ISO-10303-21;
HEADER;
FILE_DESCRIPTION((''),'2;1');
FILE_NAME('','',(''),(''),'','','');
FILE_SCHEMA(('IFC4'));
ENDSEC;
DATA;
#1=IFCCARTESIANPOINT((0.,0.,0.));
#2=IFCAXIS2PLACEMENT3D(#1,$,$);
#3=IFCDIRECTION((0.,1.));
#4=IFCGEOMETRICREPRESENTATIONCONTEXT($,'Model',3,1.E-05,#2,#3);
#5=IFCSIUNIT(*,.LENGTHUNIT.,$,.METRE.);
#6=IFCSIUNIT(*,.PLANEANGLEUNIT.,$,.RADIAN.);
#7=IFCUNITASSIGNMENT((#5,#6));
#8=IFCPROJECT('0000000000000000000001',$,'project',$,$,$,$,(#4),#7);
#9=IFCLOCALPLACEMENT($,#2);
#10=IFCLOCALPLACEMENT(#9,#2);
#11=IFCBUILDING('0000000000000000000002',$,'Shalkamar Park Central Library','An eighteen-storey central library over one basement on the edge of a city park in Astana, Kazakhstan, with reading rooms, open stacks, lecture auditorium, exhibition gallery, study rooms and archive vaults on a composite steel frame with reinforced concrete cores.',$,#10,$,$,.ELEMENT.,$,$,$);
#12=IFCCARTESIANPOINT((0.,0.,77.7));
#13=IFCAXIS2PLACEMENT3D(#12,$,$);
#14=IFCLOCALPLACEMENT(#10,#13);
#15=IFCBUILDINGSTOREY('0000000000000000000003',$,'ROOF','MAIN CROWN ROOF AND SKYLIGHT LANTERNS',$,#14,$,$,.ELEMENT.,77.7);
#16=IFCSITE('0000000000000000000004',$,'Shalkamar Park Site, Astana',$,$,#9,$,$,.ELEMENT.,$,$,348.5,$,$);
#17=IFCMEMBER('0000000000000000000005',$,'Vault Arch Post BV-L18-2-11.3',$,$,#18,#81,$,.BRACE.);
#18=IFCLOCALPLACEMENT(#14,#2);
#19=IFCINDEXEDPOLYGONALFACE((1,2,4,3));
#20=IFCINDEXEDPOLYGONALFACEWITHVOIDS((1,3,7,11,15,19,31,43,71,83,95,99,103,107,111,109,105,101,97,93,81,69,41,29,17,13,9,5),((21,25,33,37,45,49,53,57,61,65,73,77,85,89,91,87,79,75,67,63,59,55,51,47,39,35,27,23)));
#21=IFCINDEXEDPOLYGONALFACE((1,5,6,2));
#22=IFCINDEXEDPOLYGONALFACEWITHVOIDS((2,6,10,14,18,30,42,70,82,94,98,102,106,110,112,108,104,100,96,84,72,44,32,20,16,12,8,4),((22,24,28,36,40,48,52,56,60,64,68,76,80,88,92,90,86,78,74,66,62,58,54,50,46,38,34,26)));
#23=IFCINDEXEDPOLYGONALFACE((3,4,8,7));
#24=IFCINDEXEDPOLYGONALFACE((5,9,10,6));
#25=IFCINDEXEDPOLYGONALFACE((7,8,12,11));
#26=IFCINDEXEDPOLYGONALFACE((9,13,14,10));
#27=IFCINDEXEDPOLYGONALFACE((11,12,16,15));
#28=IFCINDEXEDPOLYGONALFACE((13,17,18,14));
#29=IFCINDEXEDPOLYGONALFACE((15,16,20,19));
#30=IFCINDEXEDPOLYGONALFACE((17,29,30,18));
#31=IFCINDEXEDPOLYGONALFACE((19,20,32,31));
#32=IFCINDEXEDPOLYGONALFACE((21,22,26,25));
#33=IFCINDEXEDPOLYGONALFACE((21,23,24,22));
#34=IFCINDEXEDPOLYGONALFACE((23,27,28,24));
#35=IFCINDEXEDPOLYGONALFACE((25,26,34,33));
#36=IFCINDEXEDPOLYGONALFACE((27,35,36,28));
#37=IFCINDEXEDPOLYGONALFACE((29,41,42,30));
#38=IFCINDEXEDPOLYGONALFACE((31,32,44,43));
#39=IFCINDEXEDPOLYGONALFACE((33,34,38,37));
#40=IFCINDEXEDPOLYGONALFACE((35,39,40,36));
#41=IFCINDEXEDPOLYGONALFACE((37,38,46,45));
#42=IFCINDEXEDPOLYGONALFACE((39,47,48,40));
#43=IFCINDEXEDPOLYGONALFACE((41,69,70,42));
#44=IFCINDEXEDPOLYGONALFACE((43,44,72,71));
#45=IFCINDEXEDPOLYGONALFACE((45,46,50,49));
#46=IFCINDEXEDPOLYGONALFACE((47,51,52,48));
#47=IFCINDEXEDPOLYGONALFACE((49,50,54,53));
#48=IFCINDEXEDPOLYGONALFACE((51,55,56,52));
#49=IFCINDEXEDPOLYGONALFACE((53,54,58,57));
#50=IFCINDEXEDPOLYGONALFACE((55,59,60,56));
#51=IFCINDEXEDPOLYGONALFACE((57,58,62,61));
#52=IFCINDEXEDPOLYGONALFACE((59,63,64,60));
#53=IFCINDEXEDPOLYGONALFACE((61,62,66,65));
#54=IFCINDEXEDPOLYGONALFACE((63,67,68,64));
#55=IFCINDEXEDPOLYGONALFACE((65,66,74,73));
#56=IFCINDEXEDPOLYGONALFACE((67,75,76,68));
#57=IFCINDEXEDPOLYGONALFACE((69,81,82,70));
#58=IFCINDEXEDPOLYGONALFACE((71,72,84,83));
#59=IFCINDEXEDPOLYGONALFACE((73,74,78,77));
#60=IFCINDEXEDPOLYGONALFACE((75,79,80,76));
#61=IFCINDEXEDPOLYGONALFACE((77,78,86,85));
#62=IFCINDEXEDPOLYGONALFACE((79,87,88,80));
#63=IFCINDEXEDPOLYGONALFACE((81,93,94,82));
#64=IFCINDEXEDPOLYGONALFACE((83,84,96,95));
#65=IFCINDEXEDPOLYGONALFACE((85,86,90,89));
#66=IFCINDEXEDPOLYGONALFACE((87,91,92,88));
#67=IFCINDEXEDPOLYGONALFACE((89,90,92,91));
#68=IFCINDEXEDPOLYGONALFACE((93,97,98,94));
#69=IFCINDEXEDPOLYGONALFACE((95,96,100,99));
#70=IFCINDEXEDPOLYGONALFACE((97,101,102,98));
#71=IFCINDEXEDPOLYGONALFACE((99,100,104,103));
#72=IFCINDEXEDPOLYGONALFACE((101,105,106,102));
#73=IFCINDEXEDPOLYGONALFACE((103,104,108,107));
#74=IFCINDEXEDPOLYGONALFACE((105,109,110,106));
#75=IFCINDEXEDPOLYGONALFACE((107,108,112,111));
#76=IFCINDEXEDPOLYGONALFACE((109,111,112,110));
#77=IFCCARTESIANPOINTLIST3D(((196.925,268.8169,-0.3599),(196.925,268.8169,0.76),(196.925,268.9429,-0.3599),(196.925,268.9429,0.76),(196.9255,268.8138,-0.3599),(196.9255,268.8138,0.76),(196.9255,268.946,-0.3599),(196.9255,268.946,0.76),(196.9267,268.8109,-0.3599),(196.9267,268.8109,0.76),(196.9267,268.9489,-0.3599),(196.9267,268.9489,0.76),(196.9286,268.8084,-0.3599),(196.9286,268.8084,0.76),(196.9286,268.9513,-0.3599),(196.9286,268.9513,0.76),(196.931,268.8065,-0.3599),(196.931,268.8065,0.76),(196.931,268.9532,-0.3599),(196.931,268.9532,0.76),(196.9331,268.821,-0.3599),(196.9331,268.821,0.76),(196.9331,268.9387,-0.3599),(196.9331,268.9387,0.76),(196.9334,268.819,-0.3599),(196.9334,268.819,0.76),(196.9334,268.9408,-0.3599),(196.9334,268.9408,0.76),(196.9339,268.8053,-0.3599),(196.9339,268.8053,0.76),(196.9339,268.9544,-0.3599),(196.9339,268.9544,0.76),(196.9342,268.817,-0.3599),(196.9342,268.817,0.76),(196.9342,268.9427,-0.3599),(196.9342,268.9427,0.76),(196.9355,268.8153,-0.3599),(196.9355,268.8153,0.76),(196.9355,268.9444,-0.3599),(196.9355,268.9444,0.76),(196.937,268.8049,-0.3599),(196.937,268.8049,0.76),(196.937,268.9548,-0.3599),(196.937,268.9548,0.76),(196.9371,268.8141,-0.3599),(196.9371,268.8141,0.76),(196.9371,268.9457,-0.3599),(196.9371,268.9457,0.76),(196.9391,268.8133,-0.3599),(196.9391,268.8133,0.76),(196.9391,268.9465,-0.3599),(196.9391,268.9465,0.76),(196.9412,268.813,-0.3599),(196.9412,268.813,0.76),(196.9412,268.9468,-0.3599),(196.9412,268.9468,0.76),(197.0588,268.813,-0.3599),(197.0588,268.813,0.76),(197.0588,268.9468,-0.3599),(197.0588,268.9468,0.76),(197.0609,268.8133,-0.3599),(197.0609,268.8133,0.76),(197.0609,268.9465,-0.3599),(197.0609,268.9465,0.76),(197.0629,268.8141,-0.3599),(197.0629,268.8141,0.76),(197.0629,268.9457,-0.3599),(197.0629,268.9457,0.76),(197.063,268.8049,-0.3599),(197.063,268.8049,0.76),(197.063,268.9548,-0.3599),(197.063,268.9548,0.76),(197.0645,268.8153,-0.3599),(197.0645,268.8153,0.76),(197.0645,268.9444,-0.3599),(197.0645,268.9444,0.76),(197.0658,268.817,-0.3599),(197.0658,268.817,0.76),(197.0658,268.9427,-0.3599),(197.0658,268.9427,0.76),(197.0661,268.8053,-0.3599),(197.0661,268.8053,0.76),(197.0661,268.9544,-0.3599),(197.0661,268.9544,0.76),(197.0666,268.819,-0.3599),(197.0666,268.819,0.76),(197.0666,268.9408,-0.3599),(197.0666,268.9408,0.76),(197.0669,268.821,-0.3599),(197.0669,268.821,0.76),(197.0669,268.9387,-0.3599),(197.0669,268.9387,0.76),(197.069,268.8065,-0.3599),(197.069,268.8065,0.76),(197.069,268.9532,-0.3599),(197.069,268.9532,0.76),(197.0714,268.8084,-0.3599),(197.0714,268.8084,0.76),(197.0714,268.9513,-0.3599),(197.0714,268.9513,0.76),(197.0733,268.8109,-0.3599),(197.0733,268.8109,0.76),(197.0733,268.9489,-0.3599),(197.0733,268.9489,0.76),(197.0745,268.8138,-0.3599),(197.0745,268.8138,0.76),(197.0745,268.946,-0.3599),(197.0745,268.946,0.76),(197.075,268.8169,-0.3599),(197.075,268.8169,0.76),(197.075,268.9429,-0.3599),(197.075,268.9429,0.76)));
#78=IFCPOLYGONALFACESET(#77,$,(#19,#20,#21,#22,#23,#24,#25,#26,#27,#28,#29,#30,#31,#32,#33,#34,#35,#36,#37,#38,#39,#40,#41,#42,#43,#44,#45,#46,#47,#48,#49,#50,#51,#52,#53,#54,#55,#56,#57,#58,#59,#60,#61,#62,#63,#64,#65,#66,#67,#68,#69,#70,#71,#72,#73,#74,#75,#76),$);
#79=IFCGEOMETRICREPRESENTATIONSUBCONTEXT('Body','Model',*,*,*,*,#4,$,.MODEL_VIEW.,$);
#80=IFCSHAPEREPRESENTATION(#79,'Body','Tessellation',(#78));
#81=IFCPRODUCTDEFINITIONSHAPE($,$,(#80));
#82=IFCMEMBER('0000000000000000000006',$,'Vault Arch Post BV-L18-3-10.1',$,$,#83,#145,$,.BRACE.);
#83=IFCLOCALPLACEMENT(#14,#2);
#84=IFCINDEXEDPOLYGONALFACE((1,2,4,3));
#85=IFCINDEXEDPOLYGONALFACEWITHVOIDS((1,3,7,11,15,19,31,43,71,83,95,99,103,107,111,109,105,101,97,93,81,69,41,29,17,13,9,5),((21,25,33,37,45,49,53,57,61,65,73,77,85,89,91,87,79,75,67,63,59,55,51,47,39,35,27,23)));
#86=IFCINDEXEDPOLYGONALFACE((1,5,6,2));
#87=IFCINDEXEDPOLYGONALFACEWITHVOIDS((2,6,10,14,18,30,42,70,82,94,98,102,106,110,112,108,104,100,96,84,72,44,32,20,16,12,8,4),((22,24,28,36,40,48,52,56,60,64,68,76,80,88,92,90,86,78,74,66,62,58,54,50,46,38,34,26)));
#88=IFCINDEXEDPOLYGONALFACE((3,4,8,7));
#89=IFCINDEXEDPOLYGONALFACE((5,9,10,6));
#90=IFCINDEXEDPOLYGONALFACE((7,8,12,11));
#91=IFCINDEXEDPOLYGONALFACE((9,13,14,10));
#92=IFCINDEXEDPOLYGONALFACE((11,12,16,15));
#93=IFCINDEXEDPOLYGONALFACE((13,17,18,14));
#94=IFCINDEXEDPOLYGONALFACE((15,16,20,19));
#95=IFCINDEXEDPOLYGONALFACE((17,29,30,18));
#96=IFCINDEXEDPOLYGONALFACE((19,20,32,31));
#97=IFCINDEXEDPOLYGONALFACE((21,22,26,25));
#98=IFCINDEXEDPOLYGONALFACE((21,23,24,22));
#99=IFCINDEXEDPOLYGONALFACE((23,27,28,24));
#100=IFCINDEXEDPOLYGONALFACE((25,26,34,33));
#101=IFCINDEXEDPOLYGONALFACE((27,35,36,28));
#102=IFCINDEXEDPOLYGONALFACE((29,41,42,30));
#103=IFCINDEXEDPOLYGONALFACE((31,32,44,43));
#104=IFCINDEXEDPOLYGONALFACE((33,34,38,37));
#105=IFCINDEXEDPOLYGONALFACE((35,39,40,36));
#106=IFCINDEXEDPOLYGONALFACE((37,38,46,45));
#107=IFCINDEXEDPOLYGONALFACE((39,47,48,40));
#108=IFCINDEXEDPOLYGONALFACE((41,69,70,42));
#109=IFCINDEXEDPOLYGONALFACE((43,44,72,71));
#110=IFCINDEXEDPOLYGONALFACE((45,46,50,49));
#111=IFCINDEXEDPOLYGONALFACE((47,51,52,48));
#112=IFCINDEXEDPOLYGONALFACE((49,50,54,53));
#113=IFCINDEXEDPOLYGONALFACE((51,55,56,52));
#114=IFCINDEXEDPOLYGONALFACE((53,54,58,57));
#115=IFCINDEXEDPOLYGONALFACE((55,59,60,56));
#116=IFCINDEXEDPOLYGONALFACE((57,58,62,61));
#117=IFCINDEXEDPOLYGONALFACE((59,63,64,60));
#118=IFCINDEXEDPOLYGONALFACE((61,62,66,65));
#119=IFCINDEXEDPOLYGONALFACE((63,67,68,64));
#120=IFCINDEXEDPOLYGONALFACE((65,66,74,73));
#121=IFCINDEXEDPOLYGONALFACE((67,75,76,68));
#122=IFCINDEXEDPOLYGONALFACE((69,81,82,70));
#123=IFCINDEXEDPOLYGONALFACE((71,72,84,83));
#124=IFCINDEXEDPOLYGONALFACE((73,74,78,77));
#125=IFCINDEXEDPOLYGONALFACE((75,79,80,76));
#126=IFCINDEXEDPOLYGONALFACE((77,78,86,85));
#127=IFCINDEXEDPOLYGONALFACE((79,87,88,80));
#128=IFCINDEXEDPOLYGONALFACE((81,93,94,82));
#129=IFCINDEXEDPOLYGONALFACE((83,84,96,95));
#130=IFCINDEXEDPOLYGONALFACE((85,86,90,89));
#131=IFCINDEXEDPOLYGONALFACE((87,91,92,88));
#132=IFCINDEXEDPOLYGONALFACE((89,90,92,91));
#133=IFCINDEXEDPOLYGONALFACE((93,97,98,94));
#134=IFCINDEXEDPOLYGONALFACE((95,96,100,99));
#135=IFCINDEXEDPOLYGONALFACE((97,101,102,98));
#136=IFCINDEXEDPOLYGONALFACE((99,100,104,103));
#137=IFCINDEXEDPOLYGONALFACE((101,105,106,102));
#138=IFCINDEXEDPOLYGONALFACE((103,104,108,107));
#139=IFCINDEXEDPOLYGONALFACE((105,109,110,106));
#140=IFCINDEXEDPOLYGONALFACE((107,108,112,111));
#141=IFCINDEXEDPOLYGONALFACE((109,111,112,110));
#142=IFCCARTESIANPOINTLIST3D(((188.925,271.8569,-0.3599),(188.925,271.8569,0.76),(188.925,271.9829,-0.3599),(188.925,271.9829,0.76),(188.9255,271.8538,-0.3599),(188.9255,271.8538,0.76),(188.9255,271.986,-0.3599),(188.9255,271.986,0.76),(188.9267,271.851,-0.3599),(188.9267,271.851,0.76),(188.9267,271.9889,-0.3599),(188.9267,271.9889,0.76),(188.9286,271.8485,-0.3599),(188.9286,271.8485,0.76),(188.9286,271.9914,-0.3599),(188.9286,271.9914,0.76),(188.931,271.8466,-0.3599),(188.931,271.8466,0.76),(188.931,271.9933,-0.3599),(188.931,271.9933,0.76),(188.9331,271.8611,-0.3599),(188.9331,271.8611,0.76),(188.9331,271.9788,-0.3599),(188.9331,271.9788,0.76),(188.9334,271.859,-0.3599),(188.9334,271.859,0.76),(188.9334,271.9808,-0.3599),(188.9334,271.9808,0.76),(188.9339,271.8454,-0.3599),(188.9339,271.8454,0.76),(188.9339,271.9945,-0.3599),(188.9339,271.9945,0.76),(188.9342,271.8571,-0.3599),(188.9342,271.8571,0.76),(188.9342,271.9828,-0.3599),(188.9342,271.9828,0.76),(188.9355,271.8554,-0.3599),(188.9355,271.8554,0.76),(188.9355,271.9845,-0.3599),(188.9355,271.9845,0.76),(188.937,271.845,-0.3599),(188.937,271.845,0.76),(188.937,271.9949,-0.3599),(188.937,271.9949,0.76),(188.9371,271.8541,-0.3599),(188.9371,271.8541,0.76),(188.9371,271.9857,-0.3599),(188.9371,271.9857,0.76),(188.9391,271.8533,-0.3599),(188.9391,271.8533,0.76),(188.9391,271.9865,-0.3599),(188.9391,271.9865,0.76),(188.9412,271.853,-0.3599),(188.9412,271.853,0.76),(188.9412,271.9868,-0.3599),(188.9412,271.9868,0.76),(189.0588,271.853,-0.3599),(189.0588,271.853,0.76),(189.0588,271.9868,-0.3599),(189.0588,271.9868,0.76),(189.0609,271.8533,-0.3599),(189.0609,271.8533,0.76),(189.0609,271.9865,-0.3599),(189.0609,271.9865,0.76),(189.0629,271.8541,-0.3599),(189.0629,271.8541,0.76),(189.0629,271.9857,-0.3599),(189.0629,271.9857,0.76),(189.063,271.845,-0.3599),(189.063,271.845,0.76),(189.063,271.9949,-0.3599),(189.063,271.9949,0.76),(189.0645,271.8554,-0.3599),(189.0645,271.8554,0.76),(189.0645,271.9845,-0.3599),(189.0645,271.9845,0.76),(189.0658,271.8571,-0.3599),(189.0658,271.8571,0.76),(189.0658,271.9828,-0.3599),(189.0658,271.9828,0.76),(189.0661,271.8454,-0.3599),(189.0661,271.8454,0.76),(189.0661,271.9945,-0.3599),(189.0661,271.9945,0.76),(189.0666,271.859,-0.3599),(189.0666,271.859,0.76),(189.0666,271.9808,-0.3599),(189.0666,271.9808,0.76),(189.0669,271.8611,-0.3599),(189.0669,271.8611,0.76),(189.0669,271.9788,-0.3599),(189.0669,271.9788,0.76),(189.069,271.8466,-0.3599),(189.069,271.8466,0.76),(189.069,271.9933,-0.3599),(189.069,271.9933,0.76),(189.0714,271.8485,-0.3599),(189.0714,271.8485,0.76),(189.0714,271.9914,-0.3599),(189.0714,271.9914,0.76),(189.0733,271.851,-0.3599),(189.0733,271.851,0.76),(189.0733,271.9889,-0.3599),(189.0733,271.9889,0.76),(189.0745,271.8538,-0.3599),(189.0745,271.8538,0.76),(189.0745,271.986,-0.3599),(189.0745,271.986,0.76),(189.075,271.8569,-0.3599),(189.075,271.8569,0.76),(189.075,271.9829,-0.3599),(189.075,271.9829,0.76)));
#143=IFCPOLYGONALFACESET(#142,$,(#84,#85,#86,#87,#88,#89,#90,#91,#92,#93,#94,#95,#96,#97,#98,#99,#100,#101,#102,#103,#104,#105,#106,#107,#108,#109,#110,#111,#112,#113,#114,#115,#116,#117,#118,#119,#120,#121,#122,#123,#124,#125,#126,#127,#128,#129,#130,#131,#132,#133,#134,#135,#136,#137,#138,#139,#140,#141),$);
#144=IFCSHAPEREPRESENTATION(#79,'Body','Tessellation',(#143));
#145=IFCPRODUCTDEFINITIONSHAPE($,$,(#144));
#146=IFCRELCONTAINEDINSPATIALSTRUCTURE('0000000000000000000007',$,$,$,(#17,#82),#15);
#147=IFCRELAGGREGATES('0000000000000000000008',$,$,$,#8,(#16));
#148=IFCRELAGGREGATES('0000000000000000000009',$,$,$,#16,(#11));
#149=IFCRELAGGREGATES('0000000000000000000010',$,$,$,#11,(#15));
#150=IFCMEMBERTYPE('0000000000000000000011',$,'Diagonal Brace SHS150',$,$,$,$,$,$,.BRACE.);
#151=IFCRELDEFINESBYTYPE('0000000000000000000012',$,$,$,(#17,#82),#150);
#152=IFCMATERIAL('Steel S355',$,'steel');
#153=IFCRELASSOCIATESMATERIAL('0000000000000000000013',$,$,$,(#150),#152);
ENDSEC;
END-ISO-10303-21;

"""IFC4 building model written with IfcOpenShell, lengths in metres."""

from ifc_helpers import new_model, si_unit, direction, frame, origin, origin_2d, place, context, subcontext, project, spatial, hollow_rectangle, extrude, material, material_profile, profile_set, type_object, element, save


model = new_model("IFC4")

# Units and contexts
model_context = context("Model", 3, precision=1e-05, world=origin(), true_north=direction((0.0, 1.0)))
body_context = subcontext(model_context, "Body", "Model", "MODEL_VIEW")
ifc_project = project(units=[si_unit("LENGTHUNIT", "METRE"), si_unit("PLANEANGLEUNIT", "RADIAN")], contexts=[model_context])

# Site, building, storey
site_placement = place(None, origin())
site = spatial("IfcSite", under=ifc_project, at=site_placement, Name="Shalkamar Park Site, Astana", CompositionType="ELEMENT", RefElevation=348.5)
building_placement = place(site_placement, origin())
building = spatial("IfcBuilding", under=site, at=building_placement, Name="Shalkamar Park Central Library", Description="An eighteen-storey central library over one basement on the edge of a city park in Astana, Kazakhstan, with reading rooms, open stacks, lecture auditorium, exhibition gallery, study rooms and archive vaults on a composite steel frame with reinforced concrete cores.", CompositionType="ELEMENT")
storey_placement = place(building_placement, frame((0.0, 0.0, 77.7)))
storey = spatial("IfcBuildingStorey", under=building, at=storey_placement, Name="ROOF", Description="MAIN CROWN ROOF AND SKYLIGHT LANTERNS", CompositionType="ELEMENT", Elevation=77.7)

# Members
ifc_material = material(Name="Steel S355", Category="steel")
ifc_material_profile_1 = material_profile(ifc_material, hollow_rectangle(XDim=0.1499, YDim=0.1499, WallThickness=0.0081, InnerFilletRadius=0.0081, OuterFilletRadius=0.012, at=origin_2d()), Name="SHS 150x150x8")
ifc_profile_set_1 = profile_set([ifc_material_profile_1], Name="Steel S355")
member_type_1 = type_object("IfcMemberType", Name="Diagonal Brace SHS150", PredefinedType="BRACE", material=ifc_profile_set_1)
for number, where, z_axis, x_axis, name in (
    (1, (197.0, 268.8799, -0.3599), (0.0, 0.0, 1.0), (1.0, 0.0, 0.0), "Vault Arch Post BV-L18-2-11.3"),
    (2, (189.0, 271.9199, -0.3599), (0.0, 0.0, 1.0), (1.0, 0.0, 0.0), "Vault Arch Post BV-L18-3-10.1"),
):
    element("IfcMember", number, at=place(storey_placement, frame(where, z_axis=z_axis, x_axis=x_axis)), inside=storey, type_object=member_type_1, Name=name, PredefinedType="BRACE", context=body_context, shape_type="SweptSolid", body=[
        extrude(hollow_rectangle(XDim=0.1499, YDim=0.1499, WallThickness=0.0081, InnerFilletRadius=0.0081, OuterFilletRadius=0.012, at=origin_2d()), origin(), (0.0, 0.0, 1.0), 1.1199),
    ])

save(model, "model.ifc")
